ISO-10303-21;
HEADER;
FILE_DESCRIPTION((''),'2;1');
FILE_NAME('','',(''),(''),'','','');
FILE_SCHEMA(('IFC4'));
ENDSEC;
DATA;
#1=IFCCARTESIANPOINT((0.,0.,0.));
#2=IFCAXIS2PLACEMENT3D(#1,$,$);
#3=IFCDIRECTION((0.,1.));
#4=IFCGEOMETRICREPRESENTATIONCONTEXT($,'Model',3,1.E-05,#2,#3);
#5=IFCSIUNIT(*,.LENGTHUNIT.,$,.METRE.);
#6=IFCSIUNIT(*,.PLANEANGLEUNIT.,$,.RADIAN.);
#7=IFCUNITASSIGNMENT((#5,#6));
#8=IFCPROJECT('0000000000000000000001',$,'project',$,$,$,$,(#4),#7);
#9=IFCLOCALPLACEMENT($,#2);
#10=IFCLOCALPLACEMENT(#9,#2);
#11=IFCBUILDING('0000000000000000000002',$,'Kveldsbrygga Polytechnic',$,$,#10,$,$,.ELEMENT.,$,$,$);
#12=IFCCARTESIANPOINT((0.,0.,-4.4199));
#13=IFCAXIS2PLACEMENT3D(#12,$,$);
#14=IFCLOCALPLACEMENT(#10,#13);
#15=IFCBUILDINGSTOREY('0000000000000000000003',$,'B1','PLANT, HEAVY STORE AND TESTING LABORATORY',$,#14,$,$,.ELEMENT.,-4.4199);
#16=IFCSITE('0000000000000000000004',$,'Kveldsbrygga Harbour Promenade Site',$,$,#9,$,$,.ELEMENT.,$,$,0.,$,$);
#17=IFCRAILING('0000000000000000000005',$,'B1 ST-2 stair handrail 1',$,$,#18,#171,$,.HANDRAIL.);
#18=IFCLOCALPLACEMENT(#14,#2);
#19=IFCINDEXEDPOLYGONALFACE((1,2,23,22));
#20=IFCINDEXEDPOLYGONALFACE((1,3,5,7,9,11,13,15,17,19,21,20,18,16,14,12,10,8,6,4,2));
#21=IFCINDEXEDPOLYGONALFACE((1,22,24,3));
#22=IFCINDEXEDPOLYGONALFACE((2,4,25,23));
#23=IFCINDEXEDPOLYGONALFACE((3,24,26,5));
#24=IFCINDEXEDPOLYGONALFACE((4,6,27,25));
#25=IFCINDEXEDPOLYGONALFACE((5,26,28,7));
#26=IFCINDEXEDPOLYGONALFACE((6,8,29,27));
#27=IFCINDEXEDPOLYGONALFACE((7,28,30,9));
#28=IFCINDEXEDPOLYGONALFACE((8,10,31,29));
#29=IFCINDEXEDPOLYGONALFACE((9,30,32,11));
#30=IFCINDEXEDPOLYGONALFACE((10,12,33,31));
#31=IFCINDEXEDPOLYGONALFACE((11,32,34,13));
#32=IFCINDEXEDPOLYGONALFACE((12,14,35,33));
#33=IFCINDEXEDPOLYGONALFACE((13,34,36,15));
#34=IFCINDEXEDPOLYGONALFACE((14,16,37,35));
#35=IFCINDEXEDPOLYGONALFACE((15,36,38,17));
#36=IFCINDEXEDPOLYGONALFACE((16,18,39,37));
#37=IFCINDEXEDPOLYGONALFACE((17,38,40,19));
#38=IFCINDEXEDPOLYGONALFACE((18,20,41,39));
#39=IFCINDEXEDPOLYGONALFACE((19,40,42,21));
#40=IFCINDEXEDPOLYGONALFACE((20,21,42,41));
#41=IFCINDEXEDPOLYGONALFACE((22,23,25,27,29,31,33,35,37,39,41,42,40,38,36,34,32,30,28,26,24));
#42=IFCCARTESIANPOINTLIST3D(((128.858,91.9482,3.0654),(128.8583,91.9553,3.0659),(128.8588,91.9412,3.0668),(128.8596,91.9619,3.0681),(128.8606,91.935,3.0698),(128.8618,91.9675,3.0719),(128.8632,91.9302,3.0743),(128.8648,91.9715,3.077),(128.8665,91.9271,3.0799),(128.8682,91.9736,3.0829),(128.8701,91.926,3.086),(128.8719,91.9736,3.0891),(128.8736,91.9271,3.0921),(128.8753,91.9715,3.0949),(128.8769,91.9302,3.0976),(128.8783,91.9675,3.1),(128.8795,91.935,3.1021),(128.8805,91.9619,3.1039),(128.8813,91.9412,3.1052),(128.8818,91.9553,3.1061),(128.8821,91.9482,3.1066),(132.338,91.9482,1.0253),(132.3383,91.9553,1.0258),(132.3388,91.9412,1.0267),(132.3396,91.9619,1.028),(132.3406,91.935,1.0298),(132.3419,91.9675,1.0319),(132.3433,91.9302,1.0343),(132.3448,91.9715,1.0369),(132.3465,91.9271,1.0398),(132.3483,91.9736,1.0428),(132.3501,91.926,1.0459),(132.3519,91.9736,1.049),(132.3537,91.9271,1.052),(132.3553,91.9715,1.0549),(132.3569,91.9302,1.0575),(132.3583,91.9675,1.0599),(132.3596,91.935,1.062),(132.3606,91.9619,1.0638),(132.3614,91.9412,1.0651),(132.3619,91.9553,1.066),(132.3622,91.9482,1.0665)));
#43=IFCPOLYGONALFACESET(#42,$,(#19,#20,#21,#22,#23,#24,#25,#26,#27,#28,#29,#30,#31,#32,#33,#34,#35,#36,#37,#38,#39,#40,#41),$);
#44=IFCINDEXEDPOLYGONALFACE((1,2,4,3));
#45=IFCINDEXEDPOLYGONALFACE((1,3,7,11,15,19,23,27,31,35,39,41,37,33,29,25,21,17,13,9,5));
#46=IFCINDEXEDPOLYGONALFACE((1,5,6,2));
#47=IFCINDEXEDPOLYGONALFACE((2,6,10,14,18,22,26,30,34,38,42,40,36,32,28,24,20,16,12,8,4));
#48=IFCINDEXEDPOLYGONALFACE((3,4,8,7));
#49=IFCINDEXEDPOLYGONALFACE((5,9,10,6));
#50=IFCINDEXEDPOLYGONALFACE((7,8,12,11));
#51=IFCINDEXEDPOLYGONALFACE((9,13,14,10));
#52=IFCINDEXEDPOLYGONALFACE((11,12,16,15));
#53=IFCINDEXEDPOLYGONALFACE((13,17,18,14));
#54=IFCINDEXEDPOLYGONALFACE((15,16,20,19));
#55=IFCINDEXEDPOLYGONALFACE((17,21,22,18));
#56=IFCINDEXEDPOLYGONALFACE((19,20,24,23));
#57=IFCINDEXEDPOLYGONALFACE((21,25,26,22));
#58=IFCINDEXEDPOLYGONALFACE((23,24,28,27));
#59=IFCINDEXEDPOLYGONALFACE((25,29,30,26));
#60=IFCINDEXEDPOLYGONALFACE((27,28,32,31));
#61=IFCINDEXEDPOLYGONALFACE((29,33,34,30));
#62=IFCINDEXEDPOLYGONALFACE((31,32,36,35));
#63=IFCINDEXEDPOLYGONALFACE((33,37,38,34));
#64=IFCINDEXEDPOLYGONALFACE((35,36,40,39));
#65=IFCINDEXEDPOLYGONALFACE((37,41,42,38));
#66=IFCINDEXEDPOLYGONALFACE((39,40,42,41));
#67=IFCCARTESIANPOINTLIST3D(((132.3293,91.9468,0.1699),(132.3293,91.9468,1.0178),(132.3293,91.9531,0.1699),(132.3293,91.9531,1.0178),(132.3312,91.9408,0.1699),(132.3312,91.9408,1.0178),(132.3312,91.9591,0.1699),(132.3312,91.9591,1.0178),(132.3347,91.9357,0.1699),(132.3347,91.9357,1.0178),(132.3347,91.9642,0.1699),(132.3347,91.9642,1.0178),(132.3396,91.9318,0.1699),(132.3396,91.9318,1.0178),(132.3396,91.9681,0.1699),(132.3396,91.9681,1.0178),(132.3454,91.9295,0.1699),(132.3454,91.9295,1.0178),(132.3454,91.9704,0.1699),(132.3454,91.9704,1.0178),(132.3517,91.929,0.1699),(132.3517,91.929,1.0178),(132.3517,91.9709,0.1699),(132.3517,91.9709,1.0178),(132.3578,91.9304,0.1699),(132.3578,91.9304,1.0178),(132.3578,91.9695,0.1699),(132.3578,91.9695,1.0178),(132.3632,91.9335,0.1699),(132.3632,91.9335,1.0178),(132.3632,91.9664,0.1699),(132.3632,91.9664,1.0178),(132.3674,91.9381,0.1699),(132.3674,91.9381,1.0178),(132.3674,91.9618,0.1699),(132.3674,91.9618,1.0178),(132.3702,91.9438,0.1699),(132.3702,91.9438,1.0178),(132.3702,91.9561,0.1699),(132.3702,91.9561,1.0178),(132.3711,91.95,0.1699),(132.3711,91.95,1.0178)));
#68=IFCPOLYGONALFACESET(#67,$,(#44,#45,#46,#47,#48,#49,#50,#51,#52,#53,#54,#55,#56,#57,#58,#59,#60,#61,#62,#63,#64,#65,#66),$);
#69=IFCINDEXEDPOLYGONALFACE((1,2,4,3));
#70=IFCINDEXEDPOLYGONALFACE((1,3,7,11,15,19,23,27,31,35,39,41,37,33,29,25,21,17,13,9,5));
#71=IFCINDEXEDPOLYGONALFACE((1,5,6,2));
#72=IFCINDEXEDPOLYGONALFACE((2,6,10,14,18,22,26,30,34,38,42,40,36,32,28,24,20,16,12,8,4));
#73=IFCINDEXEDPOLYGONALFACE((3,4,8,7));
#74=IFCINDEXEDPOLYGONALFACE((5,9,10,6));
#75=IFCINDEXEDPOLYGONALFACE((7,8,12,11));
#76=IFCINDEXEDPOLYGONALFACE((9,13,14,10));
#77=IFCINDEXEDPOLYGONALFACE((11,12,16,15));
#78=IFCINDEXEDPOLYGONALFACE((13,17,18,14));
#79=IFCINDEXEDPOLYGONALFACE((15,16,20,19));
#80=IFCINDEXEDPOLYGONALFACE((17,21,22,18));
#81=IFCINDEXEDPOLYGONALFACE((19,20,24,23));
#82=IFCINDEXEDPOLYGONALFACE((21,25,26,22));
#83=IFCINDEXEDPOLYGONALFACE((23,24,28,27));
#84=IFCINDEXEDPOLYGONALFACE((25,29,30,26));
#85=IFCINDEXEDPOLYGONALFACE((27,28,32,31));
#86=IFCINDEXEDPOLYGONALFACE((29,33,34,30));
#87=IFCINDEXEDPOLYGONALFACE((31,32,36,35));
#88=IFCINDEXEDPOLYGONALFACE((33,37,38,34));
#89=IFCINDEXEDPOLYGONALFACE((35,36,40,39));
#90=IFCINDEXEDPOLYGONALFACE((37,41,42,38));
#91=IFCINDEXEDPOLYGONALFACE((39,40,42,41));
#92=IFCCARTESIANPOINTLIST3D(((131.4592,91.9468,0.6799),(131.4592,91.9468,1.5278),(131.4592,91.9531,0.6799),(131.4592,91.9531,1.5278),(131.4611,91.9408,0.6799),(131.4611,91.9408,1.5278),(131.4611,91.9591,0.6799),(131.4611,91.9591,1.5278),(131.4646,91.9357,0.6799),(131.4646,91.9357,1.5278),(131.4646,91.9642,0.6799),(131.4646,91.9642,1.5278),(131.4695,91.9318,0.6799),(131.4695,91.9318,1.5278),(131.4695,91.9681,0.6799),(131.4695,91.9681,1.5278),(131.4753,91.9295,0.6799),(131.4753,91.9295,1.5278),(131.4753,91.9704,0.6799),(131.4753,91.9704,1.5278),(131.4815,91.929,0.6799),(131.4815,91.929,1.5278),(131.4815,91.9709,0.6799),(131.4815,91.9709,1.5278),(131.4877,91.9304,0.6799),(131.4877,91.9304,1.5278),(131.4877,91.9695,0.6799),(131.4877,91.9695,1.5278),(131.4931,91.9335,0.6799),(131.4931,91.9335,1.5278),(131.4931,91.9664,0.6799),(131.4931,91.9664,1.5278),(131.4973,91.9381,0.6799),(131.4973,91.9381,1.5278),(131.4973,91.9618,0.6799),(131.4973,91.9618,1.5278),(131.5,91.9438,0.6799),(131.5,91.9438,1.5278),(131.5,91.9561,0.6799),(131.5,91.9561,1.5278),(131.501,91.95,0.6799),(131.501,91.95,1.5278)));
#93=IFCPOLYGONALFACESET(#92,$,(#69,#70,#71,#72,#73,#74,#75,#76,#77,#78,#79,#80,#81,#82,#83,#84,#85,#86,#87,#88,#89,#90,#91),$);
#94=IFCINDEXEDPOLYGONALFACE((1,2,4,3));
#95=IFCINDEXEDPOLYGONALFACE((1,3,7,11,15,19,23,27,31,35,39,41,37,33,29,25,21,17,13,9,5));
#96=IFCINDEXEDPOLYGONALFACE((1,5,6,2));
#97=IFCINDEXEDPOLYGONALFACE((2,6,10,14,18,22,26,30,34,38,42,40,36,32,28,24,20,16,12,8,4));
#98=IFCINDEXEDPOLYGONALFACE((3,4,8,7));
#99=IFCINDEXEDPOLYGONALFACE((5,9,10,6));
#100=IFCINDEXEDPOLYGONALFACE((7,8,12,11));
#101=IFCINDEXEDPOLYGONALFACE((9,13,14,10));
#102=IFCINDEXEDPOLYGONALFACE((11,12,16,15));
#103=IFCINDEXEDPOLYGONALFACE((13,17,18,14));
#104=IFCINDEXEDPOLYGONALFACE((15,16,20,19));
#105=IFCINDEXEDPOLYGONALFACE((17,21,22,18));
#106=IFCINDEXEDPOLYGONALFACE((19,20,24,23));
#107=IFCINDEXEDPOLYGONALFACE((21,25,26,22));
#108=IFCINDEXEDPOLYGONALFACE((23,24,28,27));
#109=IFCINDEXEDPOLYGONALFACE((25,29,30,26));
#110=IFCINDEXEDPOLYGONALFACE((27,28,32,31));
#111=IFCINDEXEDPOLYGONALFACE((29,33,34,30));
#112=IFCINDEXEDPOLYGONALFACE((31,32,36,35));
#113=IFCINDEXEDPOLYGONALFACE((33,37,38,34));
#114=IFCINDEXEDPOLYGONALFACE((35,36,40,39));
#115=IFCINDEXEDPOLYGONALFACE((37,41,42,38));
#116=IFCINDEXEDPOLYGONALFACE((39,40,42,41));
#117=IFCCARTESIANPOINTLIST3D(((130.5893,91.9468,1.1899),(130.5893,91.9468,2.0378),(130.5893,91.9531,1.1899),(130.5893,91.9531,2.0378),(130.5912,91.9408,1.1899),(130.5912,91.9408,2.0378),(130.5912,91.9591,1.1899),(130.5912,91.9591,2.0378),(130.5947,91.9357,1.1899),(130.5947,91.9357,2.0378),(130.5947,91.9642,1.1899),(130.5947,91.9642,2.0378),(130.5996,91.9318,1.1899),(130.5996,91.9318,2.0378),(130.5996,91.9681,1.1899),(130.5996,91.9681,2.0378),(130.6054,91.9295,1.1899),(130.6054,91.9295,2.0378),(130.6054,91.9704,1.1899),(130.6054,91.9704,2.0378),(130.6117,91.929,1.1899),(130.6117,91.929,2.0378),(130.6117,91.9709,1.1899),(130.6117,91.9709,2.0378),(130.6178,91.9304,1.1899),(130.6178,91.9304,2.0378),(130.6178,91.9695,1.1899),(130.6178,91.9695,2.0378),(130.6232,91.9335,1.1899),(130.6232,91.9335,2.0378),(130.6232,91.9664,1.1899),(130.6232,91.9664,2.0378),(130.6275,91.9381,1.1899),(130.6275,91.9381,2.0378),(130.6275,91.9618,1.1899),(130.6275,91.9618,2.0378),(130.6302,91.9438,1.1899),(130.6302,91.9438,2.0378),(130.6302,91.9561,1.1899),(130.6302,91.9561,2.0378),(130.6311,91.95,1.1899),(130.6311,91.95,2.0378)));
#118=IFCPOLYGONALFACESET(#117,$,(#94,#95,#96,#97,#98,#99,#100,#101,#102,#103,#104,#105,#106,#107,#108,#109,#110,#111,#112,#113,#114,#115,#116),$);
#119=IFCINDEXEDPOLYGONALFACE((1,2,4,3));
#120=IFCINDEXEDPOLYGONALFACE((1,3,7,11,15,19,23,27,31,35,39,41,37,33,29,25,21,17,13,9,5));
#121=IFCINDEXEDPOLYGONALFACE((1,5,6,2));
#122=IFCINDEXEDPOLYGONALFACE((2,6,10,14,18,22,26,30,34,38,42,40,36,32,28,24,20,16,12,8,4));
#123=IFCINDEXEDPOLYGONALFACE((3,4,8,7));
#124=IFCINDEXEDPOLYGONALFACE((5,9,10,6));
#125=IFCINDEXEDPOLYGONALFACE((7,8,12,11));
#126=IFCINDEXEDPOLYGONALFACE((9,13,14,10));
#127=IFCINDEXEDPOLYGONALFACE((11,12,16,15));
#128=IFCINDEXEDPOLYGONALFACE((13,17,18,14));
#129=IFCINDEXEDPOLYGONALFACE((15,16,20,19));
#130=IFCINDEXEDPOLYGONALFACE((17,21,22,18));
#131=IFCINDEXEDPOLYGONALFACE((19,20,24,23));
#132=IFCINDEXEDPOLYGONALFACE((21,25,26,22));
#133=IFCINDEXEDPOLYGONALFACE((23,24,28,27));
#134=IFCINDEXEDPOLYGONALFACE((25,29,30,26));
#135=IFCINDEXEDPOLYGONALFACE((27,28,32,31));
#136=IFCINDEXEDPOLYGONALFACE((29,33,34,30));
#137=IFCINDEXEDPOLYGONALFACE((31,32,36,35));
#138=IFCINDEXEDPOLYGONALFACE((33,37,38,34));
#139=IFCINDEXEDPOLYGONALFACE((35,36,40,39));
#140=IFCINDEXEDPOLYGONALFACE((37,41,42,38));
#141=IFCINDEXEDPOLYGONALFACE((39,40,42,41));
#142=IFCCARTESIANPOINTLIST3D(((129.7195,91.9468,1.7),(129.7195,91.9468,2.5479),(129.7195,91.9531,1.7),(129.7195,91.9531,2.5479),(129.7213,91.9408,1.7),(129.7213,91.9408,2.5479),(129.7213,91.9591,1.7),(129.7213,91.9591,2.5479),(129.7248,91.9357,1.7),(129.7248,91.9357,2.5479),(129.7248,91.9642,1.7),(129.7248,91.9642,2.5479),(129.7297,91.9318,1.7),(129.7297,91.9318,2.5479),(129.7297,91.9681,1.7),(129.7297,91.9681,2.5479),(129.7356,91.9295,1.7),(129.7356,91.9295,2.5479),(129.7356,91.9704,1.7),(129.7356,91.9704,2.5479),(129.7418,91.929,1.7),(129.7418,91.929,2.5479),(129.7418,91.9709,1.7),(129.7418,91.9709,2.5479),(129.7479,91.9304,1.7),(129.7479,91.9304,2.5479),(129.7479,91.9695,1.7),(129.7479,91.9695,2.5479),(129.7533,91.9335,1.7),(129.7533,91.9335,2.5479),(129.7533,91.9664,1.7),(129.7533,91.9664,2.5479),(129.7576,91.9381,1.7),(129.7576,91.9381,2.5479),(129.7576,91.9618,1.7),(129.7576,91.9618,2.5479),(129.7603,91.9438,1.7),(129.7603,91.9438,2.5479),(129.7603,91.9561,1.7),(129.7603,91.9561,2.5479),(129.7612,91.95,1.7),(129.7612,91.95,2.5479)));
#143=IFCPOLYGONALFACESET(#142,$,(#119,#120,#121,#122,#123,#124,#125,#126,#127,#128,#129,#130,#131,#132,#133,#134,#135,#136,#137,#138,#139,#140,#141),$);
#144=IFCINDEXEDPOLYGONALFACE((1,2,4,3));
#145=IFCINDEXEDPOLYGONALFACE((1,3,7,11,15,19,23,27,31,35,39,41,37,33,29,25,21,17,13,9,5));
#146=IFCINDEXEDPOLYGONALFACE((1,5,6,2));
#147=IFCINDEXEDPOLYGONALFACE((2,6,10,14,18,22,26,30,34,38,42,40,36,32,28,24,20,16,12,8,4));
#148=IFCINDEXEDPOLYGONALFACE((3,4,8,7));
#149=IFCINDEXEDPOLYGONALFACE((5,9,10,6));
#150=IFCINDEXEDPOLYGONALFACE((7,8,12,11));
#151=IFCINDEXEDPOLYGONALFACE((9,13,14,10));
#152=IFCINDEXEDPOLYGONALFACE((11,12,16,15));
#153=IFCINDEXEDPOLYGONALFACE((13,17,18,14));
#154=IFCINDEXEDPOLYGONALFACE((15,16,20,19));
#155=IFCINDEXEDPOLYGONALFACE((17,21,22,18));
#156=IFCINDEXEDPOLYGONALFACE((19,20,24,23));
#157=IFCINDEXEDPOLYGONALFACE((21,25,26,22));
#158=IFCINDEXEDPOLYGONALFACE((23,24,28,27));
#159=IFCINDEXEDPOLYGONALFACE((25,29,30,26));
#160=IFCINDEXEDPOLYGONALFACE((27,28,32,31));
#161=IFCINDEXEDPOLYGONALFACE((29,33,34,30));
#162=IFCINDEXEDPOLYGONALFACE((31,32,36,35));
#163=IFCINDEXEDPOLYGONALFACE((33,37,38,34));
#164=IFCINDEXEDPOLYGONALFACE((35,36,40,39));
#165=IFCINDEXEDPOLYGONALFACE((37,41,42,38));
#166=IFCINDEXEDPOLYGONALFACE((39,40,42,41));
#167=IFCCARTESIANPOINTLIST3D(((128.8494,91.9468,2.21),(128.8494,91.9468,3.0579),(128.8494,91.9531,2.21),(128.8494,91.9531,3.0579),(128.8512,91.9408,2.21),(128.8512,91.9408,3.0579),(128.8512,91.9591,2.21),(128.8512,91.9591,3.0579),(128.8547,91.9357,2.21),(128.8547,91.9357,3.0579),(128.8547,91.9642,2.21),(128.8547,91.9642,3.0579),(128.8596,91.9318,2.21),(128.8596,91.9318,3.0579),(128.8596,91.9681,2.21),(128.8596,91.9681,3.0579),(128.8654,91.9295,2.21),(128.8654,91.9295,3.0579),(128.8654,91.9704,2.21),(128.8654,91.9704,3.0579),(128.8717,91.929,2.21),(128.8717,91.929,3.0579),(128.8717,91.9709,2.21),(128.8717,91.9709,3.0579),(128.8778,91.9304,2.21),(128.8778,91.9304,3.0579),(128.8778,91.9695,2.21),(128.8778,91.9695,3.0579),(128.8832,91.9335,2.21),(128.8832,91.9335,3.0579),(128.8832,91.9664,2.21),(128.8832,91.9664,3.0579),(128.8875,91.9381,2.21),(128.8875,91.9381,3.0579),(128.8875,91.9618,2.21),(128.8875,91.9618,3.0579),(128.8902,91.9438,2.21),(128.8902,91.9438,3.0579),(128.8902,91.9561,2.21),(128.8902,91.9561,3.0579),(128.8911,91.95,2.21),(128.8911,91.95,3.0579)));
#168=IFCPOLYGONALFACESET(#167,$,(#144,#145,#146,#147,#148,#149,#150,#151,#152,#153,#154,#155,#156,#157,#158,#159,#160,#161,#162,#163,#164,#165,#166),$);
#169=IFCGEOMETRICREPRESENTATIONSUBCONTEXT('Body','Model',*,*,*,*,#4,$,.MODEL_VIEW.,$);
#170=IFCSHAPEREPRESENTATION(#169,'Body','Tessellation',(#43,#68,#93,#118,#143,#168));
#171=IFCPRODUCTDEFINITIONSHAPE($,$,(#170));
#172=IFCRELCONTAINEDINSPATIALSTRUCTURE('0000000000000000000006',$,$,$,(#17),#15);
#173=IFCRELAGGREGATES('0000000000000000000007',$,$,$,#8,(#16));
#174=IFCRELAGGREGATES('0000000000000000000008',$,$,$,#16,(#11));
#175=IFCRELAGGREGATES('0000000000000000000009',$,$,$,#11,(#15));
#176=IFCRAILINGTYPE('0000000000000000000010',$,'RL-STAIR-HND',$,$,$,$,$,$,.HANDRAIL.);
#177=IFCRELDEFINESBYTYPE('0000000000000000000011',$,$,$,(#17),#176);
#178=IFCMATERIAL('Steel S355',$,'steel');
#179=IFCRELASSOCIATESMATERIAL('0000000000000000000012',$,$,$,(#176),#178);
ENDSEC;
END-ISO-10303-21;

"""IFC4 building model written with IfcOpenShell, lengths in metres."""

from ifc_helpers import new_model, si_unit, direction, frame, origin, origin_2d, place, context, subcontext, project, spatial, circle, extrude, material, type_object, element, save


model = new_model("IFC4")

# Units and contexts
model_context = context("Model", 3, precision=1e-05, world=origin(), true_north=direction((0.0, 1.0)))
body_context = subcontext(model_context, "Body", "Model", "MODEL_VIEW")
ifc_project = project(units=[si_unit("LENGTHUNIT", "METRE"), si_unit("PLANEANGLEUNIT", "RADIAN")], contexts=[model_context])

# Site, building, storey
site_placement = place(None, origin())
site = spatial("IfcSite", under=ifc_project, at=site_placement, Name="Kveldsbrygga Harbour Promenade Site", CompositionType="ELEMENT", RefElevation=0.0)
building_placement = place(site_placement, origin())
building = spatial("IfcBuilding", under=site, at=building_placement, Name="Kveldsbrygga Polytechnic", CompositionType="ELEMENT")
storey_placement = place(building_placement, frame((0.0, 0.0, -4.4199)))
storey = spatial("IfcBuildingStorey", under=building, at=storey_placement, Name="B1", Description="PLANT, HEAVY STORE AND TESTING LABORATORY", CompositionType="ELEMENT", Elevation=-4.4199)

# Shared definitions
ifc_material_1 = material(Name="Steel S355", Category="steel")

# Railing
railing_type_1 = type_object("IfcRailingType", Name="RL-STAIR-HND", PredefinedType="HANDRAIL", material=ifc_material_1)
railing_1_placement = place(storey_placement, frame((132.3501, 91.95, 0.1699)))
element("IfcRailing", 1, at=railing_1_placement, inside=storey, type_object=railing_type_1, Name="B1 ST-2 stair handrail 1", PredefinedType="HANDRAIL", context=body_context, shape_type="SweptSolid", body=[
    extrude(circle(Radius=0.0239, at=origin_2d()), frame((0.0, 0.0, 0.876), z_axis=(-0.862693, 0.0, 0.505729), x_axis=(0.0, -1.0, 0.0)), (0.0, 0.0, 1.0), 4.0339),
    extrude(circle(Radius=0.021, at=origin_2d()), origin(), (0.0, 0.0, 1.0), 0.8479),
    extrude(circle(Radius=0.021, at=origin_2d()), frame((-0.8701, 0.0, 0.51)), (0.0, 0.0, 1.0), 0.8479),
    extrude(circle(Radius=0.021, at=origin_2d()), frame((-1.74, 0.0, 1.02)), (0.0, 0.0, 1.0), 0.8479),
    extrude(circle(Radius=0.021, at=origin_2d()), frame((-2.6099, 0.0, 1.53)), (0.0, 0.0, 1.0), 0.8479),
    extrude(circle(Radius=0.021, at=origin_2d()), frame((-3.48, 0.0, 2.04)), (0.0, 0.0, 1.0), 0.8479),
])

save(model, "model.ifc")
